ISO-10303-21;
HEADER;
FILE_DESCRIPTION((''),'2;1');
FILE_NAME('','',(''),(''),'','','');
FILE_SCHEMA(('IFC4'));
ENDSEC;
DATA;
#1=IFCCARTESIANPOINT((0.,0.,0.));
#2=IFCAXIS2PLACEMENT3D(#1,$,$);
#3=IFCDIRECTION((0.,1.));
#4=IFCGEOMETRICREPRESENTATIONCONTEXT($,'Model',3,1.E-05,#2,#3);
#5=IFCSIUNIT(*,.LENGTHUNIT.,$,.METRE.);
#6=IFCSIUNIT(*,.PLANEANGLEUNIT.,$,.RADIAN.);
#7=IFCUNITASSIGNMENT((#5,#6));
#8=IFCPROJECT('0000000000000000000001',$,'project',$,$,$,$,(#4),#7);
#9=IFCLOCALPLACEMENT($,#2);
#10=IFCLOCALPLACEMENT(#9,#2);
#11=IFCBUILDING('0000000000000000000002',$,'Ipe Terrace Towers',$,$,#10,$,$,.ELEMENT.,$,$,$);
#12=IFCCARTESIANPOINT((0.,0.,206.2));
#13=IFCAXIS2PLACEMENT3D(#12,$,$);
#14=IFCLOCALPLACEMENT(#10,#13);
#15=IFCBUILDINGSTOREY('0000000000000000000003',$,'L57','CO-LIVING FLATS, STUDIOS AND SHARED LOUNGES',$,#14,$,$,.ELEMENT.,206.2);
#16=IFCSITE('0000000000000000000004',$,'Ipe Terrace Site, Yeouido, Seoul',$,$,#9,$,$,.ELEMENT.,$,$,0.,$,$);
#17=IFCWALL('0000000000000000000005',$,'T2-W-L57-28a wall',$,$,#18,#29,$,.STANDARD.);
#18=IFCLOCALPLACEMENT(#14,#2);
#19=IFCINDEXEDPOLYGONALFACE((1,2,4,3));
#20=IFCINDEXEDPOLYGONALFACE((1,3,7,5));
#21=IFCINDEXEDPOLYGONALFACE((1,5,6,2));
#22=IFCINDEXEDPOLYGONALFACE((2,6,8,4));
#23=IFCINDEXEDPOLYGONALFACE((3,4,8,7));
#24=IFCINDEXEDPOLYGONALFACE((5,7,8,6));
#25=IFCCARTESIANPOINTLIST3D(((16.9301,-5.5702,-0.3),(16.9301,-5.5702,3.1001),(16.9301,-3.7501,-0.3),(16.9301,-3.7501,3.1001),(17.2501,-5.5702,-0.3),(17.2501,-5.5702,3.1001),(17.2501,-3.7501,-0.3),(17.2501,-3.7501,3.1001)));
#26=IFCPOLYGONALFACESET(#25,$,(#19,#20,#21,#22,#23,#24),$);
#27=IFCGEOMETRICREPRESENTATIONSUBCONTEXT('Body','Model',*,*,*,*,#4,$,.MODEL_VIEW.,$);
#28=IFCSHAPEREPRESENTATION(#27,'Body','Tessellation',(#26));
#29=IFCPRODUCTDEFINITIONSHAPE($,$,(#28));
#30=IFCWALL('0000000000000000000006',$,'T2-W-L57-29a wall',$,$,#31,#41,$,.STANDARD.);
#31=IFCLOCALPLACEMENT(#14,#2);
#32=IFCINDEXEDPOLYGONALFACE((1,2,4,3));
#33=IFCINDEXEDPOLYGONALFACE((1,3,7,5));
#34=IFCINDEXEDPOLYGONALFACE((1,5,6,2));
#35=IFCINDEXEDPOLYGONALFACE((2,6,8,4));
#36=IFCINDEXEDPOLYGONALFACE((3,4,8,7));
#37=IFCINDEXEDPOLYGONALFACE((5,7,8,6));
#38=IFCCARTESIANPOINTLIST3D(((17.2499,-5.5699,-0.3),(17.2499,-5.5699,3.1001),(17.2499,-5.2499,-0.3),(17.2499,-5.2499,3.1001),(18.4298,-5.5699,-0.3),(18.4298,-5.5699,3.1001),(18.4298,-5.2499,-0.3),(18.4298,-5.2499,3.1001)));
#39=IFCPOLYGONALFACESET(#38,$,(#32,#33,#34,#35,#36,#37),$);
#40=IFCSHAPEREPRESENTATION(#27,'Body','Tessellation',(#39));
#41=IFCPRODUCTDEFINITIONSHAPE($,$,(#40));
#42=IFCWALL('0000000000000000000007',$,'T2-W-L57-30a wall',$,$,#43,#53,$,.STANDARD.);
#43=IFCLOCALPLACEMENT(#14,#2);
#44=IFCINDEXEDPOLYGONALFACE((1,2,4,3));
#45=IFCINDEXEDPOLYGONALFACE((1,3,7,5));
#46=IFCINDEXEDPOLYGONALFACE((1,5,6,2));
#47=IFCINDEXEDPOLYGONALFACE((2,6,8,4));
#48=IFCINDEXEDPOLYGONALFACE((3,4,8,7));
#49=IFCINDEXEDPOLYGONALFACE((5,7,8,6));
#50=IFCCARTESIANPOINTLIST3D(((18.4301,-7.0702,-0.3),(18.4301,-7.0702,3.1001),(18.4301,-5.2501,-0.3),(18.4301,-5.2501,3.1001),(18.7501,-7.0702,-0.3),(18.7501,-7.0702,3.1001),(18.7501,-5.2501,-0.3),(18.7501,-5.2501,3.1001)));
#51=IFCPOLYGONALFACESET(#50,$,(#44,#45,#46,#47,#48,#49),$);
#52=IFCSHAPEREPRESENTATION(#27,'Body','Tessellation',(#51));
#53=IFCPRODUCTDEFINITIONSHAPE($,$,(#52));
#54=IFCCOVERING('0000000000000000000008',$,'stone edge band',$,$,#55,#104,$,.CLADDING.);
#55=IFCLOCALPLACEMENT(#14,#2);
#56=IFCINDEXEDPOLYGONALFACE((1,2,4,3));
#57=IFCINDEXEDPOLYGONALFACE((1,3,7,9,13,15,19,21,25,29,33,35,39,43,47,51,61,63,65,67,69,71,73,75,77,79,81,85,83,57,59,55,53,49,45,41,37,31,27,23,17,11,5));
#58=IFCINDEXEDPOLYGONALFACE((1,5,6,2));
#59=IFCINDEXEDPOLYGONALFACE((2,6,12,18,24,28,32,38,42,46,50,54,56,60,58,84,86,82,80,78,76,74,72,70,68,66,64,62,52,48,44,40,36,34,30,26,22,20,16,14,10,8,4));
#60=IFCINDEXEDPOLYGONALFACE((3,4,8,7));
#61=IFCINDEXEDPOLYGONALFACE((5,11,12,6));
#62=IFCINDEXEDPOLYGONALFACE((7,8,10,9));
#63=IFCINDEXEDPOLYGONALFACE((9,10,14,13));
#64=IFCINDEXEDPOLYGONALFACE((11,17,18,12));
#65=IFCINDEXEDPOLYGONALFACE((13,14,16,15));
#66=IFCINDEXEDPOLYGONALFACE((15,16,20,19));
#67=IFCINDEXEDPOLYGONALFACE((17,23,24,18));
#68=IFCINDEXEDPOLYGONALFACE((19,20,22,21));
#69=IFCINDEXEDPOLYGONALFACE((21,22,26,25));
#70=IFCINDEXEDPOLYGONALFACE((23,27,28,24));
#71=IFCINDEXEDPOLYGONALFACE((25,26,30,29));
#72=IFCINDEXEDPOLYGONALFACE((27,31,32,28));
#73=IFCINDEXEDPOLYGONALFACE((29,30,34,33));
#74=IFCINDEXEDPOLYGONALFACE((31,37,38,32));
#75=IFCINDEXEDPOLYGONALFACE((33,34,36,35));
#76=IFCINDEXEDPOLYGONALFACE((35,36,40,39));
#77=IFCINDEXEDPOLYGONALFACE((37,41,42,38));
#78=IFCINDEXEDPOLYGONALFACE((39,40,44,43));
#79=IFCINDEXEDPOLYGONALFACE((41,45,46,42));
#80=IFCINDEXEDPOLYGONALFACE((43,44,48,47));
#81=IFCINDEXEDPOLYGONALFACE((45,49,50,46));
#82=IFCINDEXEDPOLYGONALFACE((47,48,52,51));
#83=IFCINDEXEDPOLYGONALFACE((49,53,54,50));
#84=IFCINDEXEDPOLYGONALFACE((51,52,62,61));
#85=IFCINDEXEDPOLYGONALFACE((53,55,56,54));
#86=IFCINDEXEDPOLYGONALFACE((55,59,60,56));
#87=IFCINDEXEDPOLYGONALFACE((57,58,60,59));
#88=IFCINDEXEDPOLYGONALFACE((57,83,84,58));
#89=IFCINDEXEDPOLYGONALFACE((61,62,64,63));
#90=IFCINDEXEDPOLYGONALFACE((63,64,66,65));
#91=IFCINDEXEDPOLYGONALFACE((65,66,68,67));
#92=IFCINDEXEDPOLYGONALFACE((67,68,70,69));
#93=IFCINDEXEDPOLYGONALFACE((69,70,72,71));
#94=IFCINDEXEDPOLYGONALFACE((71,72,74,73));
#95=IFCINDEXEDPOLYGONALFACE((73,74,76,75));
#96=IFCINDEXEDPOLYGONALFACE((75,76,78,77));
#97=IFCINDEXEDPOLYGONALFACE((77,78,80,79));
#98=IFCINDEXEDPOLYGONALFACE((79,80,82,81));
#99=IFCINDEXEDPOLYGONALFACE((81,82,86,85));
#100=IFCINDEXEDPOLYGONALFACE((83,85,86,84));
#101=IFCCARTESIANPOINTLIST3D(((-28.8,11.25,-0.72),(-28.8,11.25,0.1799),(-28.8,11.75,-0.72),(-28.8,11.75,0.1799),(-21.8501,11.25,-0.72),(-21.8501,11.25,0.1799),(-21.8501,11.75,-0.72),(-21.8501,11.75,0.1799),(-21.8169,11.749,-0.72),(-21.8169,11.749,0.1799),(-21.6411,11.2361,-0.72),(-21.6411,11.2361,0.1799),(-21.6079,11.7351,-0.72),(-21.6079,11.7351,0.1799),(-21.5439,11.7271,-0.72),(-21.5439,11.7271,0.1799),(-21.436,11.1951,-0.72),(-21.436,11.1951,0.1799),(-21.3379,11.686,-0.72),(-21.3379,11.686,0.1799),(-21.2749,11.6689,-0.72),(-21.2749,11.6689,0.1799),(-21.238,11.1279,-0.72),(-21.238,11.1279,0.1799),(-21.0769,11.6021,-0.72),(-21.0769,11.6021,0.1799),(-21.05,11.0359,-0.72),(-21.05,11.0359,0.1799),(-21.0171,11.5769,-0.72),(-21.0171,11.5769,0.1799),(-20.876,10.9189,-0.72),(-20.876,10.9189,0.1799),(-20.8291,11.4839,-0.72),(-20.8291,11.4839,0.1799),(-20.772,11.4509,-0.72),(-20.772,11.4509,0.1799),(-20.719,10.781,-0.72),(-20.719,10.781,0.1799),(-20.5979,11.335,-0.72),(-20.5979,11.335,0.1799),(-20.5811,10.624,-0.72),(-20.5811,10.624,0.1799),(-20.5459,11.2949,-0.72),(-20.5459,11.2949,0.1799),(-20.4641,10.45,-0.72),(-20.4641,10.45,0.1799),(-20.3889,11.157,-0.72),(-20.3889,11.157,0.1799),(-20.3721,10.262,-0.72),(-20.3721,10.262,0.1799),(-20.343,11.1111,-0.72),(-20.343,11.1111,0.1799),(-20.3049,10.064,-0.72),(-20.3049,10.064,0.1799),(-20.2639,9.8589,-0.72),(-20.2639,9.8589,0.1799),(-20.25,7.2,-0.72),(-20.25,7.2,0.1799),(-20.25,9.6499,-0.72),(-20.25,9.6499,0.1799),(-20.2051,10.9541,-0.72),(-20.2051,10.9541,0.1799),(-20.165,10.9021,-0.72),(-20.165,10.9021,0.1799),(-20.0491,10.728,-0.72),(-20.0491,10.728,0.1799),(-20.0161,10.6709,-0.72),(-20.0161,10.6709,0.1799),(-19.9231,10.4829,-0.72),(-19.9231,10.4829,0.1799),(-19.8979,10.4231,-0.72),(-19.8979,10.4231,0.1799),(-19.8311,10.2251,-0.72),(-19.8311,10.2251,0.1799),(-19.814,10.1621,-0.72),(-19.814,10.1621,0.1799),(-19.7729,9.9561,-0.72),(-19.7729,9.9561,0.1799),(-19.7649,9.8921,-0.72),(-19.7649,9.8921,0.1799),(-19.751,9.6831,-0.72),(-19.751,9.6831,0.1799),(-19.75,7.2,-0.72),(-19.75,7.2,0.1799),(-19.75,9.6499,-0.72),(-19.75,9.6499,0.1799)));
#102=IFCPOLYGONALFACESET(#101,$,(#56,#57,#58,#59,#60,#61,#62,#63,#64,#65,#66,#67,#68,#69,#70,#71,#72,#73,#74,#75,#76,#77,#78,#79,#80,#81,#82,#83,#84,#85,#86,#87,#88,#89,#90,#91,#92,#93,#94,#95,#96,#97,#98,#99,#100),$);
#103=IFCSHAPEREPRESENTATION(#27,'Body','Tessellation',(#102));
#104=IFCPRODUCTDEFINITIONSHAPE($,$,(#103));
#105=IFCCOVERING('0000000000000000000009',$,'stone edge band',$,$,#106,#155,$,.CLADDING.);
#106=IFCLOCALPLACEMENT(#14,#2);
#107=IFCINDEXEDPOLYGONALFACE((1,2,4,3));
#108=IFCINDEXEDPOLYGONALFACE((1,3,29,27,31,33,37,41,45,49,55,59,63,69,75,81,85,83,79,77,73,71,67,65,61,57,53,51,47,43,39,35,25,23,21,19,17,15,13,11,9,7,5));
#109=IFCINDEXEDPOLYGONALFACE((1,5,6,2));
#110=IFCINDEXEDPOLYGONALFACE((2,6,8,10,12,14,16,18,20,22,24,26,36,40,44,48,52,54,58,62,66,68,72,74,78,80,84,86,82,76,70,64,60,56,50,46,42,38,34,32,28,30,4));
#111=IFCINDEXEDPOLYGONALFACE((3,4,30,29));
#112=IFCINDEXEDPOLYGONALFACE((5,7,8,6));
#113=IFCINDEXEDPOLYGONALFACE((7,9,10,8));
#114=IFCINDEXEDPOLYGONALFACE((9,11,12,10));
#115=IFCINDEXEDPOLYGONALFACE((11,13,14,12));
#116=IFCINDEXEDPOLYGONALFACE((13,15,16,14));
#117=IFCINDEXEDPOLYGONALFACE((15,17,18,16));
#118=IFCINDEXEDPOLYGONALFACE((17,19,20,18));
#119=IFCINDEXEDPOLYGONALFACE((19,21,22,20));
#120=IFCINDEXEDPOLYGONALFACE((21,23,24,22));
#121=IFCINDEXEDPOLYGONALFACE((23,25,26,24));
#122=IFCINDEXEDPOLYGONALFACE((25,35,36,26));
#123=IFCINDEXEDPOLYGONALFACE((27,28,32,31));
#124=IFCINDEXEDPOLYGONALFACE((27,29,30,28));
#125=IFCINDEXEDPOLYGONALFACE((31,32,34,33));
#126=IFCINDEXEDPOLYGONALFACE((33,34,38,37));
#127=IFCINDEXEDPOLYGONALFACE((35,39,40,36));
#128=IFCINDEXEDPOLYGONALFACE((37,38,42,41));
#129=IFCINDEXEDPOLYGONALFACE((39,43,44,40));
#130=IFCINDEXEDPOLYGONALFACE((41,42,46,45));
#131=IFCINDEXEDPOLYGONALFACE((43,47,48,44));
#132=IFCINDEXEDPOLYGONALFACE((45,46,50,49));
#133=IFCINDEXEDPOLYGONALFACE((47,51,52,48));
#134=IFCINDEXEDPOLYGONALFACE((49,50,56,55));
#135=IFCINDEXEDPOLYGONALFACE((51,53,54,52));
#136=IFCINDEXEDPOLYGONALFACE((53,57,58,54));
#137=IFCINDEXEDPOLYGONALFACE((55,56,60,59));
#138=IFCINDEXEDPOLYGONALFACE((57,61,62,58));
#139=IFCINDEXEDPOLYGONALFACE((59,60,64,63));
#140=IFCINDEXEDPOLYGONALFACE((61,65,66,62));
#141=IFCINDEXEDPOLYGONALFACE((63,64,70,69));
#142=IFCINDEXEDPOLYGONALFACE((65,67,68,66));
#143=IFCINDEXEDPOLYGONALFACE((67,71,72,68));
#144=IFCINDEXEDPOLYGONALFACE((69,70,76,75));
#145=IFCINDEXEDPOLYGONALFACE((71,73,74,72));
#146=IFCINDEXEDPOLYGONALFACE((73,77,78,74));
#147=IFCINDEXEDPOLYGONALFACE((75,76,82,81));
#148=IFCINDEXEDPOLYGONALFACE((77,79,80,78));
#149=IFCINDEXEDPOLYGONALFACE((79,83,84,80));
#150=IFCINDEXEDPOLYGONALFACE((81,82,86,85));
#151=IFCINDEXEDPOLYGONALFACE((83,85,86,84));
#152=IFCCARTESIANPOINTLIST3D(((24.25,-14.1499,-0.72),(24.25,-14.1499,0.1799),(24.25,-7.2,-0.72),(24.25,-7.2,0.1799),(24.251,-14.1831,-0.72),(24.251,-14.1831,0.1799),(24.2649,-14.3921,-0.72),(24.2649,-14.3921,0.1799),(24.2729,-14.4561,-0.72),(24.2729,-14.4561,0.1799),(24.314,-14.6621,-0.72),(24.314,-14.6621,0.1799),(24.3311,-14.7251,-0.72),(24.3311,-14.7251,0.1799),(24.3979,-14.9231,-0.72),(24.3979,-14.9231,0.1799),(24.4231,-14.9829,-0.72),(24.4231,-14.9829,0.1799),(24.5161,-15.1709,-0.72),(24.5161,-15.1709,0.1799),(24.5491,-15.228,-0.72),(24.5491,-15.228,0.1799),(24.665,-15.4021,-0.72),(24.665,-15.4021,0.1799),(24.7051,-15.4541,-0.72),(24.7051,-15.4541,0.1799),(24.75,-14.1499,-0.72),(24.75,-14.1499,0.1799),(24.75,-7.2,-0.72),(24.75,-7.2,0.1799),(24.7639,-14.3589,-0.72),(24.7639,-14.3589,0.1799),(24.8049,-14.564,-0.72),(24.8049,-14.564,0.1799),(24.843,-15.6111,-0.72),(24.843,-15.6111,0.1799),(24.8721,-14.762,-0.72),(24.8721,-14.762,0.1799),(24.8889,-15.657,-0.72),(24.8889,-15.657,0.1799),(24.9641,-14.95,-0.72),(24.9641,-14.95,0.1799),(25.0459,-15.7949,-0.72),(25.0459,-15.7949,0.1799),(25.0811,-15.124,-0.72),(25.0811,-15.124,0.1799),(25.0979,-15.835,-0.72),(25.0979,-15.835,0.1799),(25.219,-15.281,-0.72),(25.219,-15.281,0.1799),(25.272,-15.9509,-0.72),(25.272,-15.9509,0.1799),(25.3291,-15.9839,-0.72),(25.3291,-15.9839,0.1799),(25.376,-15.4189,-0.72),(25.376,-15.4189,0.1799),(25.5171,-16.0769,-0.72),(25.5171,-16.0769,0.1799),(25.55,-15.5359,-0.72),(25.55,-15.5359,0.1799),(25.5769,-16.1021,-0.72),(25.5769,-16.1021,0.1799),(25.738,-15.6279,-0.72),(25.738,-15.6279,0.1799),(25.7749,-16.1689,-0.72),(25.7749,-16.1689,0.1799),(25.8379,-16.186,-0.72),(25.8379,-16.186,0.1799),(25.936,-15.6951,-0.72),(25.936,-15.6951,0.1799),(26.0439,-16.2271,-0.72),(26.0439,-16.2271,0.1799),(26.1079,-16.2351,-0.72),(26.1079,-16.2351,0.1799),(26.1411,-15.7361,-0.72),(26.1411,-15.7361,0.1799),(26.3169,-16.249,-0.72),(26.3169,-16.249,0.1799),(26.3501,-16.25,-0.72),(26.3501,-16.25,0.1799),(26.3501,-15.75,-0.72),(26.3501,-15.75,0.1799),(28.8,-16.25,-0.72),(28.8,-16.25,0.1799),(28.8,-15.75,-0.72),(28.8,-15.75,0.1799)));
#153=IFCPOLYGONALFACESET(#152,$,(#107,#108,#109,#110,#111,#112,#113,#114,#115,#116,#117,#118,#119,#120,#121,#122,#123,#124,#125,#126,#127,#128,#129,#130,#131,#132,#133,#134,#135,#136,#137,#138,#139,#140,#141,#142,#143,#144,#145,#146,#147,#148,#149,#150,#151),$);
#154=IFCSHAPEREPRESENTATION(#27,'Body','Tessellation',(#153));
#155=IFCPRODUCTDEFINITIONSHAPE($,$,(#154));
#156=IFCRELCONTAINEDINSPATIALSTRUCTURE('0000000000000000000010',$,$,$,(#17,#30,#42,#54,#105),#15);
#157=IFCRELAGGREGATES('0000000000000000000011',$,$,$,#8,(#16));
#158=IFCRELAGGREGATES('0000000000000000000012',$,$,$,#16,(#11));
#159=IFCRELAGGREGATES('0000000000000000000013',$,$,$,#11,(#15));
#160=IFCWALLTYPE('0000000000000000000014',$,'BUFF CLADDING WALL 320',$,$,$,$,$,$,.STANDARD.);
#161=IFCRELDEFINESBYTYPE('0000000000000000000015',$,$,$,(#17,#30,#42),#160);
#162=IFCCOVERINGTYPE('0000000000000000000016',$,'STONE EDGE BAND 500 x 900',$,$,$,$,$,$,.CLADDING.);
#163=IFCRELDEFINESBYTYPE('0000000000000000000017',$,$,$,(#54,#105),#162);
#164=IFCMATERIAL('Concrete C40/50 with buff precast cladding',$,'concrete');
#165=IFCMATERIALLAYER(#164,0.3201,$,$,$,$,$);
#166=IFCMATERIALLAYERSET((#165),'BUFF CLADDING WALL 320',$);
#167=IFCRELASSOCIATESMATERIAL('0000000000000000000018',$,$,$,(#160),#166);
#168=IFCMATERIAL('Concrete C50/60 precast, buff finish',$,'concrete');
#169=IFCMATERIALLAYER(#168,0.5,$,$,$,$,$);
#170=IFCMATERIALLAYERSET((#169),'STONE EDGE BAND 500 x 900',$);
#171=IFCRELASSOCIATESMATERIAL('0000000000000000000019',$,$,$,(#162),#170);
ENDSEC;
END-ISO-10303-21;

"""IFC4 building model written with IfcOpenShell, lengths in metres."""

from ifc_helpers import new_model, si_unit, direction, frame, frame_2d, origin, place, context, subcontext, project, spatial, polyline, rectangle, outline, extrude, material, layer, layer_set, type_object, element, save


model = new_model("IFC4")

# Units and contexts
model_context = context("Model", 3, precision=1e-05, world=origin(), true_north=direction((0.0, 1.0)))
body_context = subcontext(model_context, "Body", "Model", "MODEL_VIEW")
ifc_project = project(units=[si_unit("LENGTHUNIT", "METRE"), si_unit("PLANEANGLEUNIT", "RADIAN")], contexts=[model_context])

# Site, building, storey
site_placement = place(None, origin())
site = spatial("IfcSite", under=ifc_project, at=site_placement, Name="Ipe Terrace Site, Yeouido, Seoul", CompositionType="ELEMENT", RefElevation=0.0)
building_placement = place(site_placement, origin())
building = spatial("IfcBuilding", under=site, at=building_placement, Name="Ipe Terrace Towers", CompositionType="ELEMENT")
storey_placement = place(building_placement, frame((0.0, 0.0, 206.2)))
storey = spatial("IfcBuildingStorey", under=building, at=storey_placement, Name="L57", Description="CO-LIVING FLATS, STUDIOS AND SHARED LOUNGES", CompositionType="ELEMENT", Elevation=206.2)

# Walls
ifc_material_1 = material(Name="Concrete C40/50 with buff precast cladding", Category="concrete")
ifc_layer_1 = layer(ifc_material_1, 0.3201)
ifc_layer_set_1 = layer_set([ifc_layer_1], Name="BUFF CLADDING WALL 320")
wall_type = type_object("IfcWallType", Name="BUFF CLADDING WALL 320", PredefinedType="STANDARD", material=ifc_layer_set_1)
wall_1_placement = place(storey_placement, frame((17.0901, -3.75, -0.3), z_axis=(0.0, 0.0, 1.0), x_axis=(0.0, -1.0, 0.0)))
element("IfcWall", 1, at=wall_1_placement, inside=storey, type_object=wall_type, Name="T2-W-L57-28a wall", PredefinedType="STANDARD", context=body_context, shape_type="SweptSolid", body=[
    extrude(rectangle(XDim=1.8201, YDim=0.3201, at=frame_2d((0.9102, 0.0))), origin(), (0.0, 0.0, 1.0), 3.4001),
])
wall_2_placement = place(storey_placement, frame((17.25, -5.4099, -0.3), z_axis=(0.0, 0.0, 1.0), x_axis=(1.0, 0.0, 0.0)))
element("IfcWall", 2, at=wall_2_placement, inside=storey, type_object=wall_type, Name="T2-W-L57-29a wall", PredefinedType="STANDARD", context=body_context, shape_type="SweptSolid", body=[
    extrude(rectangle(XDim=1.1799, YDim=0.3201, at=frame_2d((0.5898, 0.0))), origin(), (0.0, 0.0, 1.0), 3.4001),
])
wall_3_placement = place(storey_placement, frame((18.5901, -5.25, -0.3), z_axis=(0.0, 0.0, 1.0), x_axis=(0.0, -1.0, 0.0)))
element("IfcWall", 3, at=wall_3_placement, inside=storey, type_object=wall_type, Name="T2-W-L57-30a wall", PredefinedType="STANDARD", context=body_context, shape_type="SweptSolid", body=[
    extrude(rectangle(XDim=1.8201, YDim=0.3201, at=frame_2d((0.9102, 0.0))), origin(), (0.0, 0.0, 1.0), 3.4001),
])

# Coverings
ifc_material_2 = material(Name="Concrete C50/60 precast, buff finish", Category="concrete")
ifc_layer_2 = layer(ifc_material_2, 0.5)
ifc_layer_set_2 = layer_set([ifc_layer_2], Name="STONE EDGE BAND 500 x 900")
covering_type = type_object("IfcCoveringType", Name="STONE EDGE BAND 500 x 900", PredefinedType="CLADDING", material=ifc_layer_set_2)
covering_1_placement = place(storey_placement, frame((0.0, 0.0, -0.72)))
element("IfcCovering", 4, at=covering_1_placement, inside=storey, type_object=covering_type, Name="stone edge band", PredefinedType="CLADDING", context=body_context, shape_type="SweptSolid", body=[
    extrude(outline(polyline([(-21.8501, 11.75), (-28.8, 11.75), (-28.8, 11.25), (-21.8501, 11.25), (-21.6411, 11.2361), (-21.436, 11.1951), (-21.238, 11.1279), (-21.05, 11.0359), (-20.876, 10.9189), (-20.719, 10.781), (-20.5811, 10.624), (-20.4641, 10.45), (-20.3721, 10.262), (-20.3049, 10.064), (-20.2639, 9.8589), (-20.25, 9.6499), (-20.25, 7.2), (-19.75, 7.2), (-19.75, 9.6499), (-19.751, 9.6831), (-19.7649, 9.8921), (-19.7729, 9.9561), (-19.814, 10.1621), (-19.8311, 10.2251), (-19.8979, 10.4231), (-19.9231, 10.4829), (-20.0161, 10.6709), (-20.0491, 10.728), (-20.165, 10.9021), (-20.2051, 10.9541), (-20.343, 11.1111), (-20.3889, 11.157), (-20.5459, 11.2949), (-20.5979, 11.335), (-20.772, 11.4509), (-20.8291, 11.4839), (-21.0171, 11.5769), (-21.0769, 11.6021), (-21.2749, 11.6689), (-21.3379, 11.686), (-21.5439, 11.7271), (-21.6079, 11.7351), (-21.8169, 11.749), (-21.8501, 11.75)])), origin(), (0.0, 0.0, 1.0), 0.8999),
])
covering_2_placement = place(storey_placement, frame((0.0, 0.0, -0.72)))
element("IfcCovering", 5, at=covering_2_placement, inside=storey, type_object=covering_type, Name="stone edge band", PredefinedType="CLADDING", context=body_context, shape_type="SweptSolid", body=[
    extrude(outline(polyline([(24.25, -14.1499), (24.251, -14.1831), (24.2649, -14.3921), (24.2729, -14.4561), (24.314, -14.6621), (24.3311, -14.7251), (24.3979, -14.9231), (24.4231, -14.9829), (24.5161, -15.1709), (24.5491, -15.228), (24.665, -15.4021), (24.7051, -15.4541), (24.843, -15.6111), (24.8889, -15.657), (25.0459, -15.7949), (25.0979, -15.835), (25.272, -15.9509), (25.3291, -15.9839), (25.5171, -16.0769), (25.5769, -16.1021), (25.7749, -16.1689), (25.8379, -16.186), (26.0439, -16.2271), (26.1079, -16.2351), (26.3169, -16.249), (26.3501, -16.25), (28.8, -16.25), (28.8, -15.75), (26.3501, -15.75), (26.1411, -15.7361), (25.936, -15.6951), (25.738, -15.6279), (25.55, -15.5359), (25.376, -15.4189), (25.219, -15.281), (25.0811, -15.124), (24.9641, -14.95), (24.8721, -14.762), (24.8049, -14.564), (24.7639, -14.3589), (24.75, -14.1499), (24.75, -7.2), (24.25, -7.2), (24.25, -14.1499)])), origin(), (0.0, 0.0, 1.0), 0.8999),
])

save(model, "model.ifc")
